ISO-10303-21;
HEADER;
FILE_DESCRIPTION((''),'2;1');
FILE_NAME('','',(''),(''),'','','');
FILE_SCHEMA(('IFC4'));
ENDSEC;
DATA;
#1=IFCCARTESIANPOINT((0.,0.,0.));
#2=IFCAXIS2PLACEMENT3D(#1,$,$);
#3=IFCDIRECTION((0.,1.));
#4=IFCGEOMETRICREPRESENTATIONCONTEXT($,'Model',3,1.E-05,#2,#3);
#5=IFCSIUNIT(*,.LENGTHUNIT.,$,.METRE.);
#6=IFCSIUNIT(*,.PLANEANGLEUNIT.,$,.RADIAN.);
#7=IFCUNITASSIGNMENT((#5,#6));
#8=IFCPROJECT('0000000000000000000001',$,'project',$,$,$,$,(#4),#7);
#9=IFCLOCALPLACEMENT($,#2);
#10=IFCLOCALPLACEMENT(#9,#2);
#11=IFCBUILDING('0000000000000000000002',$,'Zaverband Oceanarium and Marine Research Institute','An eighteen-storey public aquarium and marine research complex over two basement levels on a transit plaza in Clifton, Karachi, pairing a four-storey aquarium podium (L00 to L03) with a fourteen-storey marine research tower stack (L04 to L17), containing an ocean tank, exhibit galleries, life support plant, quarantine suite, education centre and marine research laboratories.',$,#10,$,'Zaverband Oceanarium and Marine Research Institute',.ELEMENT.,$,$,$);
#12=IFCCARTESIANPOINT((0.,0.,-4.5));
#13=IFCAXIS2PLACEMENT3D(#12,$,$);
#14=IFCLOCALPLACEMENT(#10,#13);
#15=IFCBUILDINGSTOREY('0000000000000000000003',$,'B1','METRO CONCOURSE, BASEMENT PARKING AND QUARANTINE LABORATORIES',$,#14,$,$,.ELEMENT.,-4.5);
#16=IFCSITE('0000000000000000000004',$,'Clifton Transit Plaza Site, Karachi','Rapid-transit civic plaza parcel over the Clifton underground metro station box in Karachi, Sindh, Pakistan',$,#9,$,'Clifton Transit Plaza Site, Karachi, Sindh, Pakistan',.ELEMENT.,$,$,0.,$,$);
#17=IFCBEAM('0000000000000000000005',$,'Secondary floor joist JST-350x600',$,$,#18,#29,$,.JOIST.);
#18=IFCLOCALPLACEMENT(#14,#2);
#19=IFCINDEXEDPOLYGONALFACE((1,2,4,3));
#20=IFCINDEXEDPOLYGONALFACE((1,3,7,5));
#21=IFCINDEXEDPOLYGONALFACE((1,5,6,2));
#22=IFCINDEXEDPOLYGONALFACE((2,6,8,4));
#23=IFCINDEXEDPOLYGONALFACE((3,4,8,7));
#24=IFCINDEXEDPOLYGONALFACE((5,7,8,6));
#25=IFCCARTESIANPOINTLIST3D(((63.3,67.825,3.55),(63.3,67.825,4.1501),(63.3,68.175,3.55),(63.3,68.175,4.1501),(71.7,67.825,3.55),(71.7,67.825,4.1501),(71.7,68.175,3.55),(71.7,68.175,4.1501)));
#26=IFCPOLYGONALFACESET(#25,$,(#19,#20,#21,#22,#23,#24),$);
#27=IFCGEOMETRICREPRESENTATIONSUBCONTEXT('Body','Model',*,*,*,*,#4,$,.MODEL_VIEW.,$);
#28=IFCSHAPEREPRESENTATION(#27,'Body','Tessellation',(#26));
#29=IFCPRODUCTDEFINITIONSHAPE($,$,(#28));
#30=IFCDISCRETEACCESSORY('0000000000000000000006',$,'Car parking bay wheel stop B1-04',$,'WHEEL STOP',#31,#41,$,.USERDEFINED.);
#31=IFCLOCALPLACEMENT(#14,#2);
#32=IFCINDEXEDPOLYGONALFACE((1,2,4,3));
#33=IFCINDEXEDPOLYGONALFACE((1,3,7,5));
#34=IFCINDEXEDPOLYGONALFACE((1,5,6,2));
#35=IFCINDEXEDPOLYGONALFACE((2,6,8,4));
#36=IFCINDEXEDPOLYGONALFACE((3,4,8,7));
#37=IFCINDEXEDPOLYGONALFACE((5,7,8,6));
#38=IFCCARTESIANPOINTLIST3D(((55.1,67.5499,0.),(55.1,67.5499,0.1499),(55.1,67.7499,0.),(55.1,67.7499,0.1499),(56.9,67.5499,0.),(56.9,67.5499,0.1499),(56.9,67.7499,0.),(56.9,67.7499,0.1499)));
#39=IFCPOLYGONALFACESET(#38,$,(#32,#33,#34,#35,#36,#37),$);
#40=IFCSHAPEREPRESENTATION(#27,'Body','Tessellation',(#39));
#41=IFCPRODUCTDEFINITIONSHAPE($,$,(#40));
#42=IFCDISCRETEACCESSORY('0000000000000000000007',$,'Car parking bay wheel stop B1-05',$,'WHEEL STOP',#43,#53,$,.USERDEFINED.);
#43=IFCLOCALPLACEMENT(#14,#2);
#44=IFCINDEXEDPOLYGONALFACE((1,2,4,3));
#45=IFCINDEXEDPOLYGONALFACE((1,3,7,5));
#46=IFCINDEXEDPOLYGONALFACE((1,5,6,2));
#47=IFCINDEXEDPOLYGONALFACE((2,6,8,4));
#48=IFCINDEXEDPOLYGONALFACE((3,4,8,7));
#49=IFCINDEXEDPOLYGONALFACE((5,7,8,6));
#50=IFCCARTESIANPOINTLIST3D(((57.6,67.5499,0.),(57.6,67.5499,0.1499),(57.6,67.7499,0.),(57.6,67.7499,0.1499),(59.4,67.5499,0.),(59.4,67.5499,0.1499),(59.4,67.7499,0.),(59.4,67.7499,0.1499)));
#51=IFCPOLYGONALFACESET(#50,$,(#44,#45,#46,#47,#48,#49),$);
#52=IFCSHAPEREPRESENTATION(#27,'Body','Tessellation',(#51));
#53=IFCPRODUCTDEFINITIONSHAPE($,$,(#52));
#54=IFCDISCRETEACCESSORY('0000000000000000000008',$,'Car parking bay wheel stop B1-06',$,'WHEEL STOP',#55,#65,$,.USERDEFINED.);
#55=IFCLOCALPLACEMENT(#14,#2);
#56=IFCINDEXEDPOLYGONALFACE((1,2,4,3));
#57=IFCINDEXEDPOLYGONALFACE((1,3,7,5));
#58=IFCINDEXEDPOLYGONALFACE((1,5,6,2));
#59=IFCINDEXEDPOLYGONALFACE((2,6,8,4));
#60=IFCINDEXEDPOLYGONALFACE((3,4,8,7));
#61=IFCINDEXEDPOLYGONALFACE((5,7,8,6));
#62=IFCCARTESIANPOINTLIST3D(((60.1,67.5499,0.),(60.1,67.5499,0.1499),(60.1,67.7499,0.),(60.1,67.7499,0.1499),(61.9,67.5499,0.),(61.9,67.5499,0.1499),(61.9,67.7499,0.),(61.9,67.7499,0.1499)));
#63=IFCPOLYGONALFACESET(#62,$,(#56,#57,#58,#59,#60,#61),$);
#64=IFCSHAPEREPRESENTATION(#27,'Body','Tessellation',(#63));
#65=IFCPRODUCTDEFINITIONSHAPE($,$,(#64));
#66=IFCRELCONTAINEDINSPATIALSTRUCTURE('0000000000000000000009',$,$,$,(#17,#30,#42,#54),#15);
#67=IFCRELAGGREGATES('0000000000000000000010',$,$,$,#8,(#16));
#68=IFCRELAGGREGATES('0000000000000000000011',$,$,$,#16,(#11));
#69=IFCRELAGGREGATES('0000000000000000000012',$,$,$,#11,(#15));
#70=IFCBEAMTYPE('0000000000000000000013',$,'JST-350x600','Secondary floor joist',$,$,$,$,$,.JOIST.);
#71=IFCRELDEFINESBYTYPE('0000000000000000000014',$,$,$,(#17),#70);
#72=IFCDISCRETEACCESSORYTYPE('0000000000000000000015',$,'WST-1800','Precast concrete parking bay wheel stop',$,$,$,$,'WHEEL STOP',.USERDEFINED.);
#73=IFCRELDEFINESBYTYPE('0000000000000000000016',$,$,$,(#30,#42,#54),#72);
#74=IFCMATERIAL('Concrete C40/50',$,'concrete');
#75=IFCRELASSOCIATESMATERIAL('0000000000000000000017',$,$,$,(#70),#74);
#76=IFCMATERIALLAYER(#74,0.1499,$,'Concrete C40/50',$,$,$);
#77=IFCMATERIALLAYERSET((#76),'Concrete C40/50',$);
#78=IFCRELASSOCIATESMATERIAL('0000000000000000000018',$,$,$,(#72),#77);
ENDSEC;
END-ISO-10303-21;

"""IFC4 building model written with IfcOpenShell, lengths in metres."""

from ifc_helpers import new_model, si_unit, direction, frame, origin, origin_2d, place, context, subcontext, project, spatial, rectangle, extrude, material, layer, layer_set, material_profile, profile_set, type_object, element, save


model = new_model("IFC4")

# Units and contexts
model_context = context("Model", 3, precision=1e-05, world=origin(), true_north=direction((0.0, 1.0)))
body_context = subcontext(model_context, "Body", "Model", "MODEL_VIEW")
ifc_project = project(units=[si_unit("LENGTHUNIT", "METRE"), si_unit("PLANEANGLEUNIT", "RADIAN")], contexts=[model_context])

# Site, building, storey
site_placement = place(None, origin())
site = spatial("IfcSite", under=ifc_project, at=site_placement, Name="Clifton Transit Plaza Site, Karachi", Description="Rapid-transit civic plaza parcel over the Clifton underground metro station box in Karachi, Sindh, Pakistan", LongName="Clifton Transit Plaza Site, Karachi, Sindh, Pakistan", CompositionType="ELEMENT", RefElevation=0.0)
building_placement = place(site_placement, origin())
building = spatial("IfcBuilding", under=site, at=building_placement, Name="Zaverband Oceanarium and Marine Research Institute", Description="An eighteen-storey public aquarium and marine research complex over two basement levels on a transit plaza in Clifton, Karachi, pairing a four-storey aquarium podium (L00 to L03) with a fourteen-storey marine research tower stack (L04 to L17), containing an ocean tank, exhibit galleries, life support plant, quarantine suite, education centre and marine research laboratories.", LongName="Zaverband Oceanarium and Marine Research Institute", CompositionType="ELEMENT")
storey_placement = place(building_placement, frame((0.0, 0.0, -4.5)))
storey = spatial("IfcBuildingStorey", under=building, at=storey_placement, Name="B1", Description="METRO CONCOURSE, BASEMENT PARKING AND QUARANTINE LABORATORIES", CompositionType="ELEMENT", Elevation=-4.5)

# Beam
ifc_material_1 = material(Name="Concrete C40/50", Category="concrete")
ifc_material_profile_1 = material_profile(ifc_material_1, rectangle(XDim=0.3501, YDim=0.6001, at=origin_2d()), Name="RC350x600")
ifc_profile_set_1 = profile_set([ifc_material_profile_1], Name="Concrete C40/50")
beam_type_1 = type_object("IfcBeamType", Name="JST-350x600", Description="Secondary floor joist", PredefinedType="JOIST", material=ifc_profile_set_1)
for number, where, z_axis, x_axis, name in (
    (1, (63.3, 68.0, 3.8501), (1.0, 0.0, 0.0), (0.0, 1.0, 0.0), "Secondary floor joist JST-350x600"),
):
    element("IfcBeam", number, at=place(storey_placement, frame(where, z_axis=z_axis, x_axis=x_axis)), inside=storey, type_object=beam_type_1, Name=name, PredefinedType="JOIST", context=body_context, shape_type="SweptSolid", body=[
        extrude(rectangle(XDim=0.3501, YDim=0.6001, at=origin_2d()), origin(), (0.0, 0.0, 1.0), 8.3999),
    ])

# Discrete accessories
ifc_layer = layer(ifc_material_1, 0.1499, Name="Concrete C40/50")
ifc_layer_set = layer_set([ifc_layer], Name="Concrete C40/50")
discrete_accessory_type = type_object("IfcDiscreteAccessoryType", Name="WST-1800", Description="Precast concrete parking bay wheel stop", ElementType="WHEEL STOP", PredefinedType="USERDEFINED", material=ifc_layer_set)
for number, where, z_axis, x_axis, name in (
    (2, (56.0, 67.6499, 0.0), (0.0, 0.0, 1.0), (1.0, 0.0, 0.0), "Car parking bay wheel stop B1-04"),
    (3, (58.5, 67.6499, 0.0), (0.0, 0.0, 1.0), (1.0, 0.0, 0.0), "Car parking bay wheel stop B1-05"),
    (4, (61.0, 67.6499, 0.0), (0.0, 0.0, 1.0), (1.0, 0.0, 0.0), "Car parking bay wheel stop B1-06"),
):
    element("IfcDiscreteAccessory", number, at=place(storey_placement, frame(where, z_axis=z_axis, x_axis=x_axis)), inside=storey, type_object=discrete_accessory_type, Name=name, ObjectType="WHEEL STOP", PredefinedType="USERDEFINED", context=body_context, shape_type="SweptSolid", body=[
        extrude(rectangle(XDim=1.8, YDim=0.2, at=origin_2d()), origin(), (0.0, 0.0, 1.0), 0.1499),
    ])

save(model, "model.ifc")
